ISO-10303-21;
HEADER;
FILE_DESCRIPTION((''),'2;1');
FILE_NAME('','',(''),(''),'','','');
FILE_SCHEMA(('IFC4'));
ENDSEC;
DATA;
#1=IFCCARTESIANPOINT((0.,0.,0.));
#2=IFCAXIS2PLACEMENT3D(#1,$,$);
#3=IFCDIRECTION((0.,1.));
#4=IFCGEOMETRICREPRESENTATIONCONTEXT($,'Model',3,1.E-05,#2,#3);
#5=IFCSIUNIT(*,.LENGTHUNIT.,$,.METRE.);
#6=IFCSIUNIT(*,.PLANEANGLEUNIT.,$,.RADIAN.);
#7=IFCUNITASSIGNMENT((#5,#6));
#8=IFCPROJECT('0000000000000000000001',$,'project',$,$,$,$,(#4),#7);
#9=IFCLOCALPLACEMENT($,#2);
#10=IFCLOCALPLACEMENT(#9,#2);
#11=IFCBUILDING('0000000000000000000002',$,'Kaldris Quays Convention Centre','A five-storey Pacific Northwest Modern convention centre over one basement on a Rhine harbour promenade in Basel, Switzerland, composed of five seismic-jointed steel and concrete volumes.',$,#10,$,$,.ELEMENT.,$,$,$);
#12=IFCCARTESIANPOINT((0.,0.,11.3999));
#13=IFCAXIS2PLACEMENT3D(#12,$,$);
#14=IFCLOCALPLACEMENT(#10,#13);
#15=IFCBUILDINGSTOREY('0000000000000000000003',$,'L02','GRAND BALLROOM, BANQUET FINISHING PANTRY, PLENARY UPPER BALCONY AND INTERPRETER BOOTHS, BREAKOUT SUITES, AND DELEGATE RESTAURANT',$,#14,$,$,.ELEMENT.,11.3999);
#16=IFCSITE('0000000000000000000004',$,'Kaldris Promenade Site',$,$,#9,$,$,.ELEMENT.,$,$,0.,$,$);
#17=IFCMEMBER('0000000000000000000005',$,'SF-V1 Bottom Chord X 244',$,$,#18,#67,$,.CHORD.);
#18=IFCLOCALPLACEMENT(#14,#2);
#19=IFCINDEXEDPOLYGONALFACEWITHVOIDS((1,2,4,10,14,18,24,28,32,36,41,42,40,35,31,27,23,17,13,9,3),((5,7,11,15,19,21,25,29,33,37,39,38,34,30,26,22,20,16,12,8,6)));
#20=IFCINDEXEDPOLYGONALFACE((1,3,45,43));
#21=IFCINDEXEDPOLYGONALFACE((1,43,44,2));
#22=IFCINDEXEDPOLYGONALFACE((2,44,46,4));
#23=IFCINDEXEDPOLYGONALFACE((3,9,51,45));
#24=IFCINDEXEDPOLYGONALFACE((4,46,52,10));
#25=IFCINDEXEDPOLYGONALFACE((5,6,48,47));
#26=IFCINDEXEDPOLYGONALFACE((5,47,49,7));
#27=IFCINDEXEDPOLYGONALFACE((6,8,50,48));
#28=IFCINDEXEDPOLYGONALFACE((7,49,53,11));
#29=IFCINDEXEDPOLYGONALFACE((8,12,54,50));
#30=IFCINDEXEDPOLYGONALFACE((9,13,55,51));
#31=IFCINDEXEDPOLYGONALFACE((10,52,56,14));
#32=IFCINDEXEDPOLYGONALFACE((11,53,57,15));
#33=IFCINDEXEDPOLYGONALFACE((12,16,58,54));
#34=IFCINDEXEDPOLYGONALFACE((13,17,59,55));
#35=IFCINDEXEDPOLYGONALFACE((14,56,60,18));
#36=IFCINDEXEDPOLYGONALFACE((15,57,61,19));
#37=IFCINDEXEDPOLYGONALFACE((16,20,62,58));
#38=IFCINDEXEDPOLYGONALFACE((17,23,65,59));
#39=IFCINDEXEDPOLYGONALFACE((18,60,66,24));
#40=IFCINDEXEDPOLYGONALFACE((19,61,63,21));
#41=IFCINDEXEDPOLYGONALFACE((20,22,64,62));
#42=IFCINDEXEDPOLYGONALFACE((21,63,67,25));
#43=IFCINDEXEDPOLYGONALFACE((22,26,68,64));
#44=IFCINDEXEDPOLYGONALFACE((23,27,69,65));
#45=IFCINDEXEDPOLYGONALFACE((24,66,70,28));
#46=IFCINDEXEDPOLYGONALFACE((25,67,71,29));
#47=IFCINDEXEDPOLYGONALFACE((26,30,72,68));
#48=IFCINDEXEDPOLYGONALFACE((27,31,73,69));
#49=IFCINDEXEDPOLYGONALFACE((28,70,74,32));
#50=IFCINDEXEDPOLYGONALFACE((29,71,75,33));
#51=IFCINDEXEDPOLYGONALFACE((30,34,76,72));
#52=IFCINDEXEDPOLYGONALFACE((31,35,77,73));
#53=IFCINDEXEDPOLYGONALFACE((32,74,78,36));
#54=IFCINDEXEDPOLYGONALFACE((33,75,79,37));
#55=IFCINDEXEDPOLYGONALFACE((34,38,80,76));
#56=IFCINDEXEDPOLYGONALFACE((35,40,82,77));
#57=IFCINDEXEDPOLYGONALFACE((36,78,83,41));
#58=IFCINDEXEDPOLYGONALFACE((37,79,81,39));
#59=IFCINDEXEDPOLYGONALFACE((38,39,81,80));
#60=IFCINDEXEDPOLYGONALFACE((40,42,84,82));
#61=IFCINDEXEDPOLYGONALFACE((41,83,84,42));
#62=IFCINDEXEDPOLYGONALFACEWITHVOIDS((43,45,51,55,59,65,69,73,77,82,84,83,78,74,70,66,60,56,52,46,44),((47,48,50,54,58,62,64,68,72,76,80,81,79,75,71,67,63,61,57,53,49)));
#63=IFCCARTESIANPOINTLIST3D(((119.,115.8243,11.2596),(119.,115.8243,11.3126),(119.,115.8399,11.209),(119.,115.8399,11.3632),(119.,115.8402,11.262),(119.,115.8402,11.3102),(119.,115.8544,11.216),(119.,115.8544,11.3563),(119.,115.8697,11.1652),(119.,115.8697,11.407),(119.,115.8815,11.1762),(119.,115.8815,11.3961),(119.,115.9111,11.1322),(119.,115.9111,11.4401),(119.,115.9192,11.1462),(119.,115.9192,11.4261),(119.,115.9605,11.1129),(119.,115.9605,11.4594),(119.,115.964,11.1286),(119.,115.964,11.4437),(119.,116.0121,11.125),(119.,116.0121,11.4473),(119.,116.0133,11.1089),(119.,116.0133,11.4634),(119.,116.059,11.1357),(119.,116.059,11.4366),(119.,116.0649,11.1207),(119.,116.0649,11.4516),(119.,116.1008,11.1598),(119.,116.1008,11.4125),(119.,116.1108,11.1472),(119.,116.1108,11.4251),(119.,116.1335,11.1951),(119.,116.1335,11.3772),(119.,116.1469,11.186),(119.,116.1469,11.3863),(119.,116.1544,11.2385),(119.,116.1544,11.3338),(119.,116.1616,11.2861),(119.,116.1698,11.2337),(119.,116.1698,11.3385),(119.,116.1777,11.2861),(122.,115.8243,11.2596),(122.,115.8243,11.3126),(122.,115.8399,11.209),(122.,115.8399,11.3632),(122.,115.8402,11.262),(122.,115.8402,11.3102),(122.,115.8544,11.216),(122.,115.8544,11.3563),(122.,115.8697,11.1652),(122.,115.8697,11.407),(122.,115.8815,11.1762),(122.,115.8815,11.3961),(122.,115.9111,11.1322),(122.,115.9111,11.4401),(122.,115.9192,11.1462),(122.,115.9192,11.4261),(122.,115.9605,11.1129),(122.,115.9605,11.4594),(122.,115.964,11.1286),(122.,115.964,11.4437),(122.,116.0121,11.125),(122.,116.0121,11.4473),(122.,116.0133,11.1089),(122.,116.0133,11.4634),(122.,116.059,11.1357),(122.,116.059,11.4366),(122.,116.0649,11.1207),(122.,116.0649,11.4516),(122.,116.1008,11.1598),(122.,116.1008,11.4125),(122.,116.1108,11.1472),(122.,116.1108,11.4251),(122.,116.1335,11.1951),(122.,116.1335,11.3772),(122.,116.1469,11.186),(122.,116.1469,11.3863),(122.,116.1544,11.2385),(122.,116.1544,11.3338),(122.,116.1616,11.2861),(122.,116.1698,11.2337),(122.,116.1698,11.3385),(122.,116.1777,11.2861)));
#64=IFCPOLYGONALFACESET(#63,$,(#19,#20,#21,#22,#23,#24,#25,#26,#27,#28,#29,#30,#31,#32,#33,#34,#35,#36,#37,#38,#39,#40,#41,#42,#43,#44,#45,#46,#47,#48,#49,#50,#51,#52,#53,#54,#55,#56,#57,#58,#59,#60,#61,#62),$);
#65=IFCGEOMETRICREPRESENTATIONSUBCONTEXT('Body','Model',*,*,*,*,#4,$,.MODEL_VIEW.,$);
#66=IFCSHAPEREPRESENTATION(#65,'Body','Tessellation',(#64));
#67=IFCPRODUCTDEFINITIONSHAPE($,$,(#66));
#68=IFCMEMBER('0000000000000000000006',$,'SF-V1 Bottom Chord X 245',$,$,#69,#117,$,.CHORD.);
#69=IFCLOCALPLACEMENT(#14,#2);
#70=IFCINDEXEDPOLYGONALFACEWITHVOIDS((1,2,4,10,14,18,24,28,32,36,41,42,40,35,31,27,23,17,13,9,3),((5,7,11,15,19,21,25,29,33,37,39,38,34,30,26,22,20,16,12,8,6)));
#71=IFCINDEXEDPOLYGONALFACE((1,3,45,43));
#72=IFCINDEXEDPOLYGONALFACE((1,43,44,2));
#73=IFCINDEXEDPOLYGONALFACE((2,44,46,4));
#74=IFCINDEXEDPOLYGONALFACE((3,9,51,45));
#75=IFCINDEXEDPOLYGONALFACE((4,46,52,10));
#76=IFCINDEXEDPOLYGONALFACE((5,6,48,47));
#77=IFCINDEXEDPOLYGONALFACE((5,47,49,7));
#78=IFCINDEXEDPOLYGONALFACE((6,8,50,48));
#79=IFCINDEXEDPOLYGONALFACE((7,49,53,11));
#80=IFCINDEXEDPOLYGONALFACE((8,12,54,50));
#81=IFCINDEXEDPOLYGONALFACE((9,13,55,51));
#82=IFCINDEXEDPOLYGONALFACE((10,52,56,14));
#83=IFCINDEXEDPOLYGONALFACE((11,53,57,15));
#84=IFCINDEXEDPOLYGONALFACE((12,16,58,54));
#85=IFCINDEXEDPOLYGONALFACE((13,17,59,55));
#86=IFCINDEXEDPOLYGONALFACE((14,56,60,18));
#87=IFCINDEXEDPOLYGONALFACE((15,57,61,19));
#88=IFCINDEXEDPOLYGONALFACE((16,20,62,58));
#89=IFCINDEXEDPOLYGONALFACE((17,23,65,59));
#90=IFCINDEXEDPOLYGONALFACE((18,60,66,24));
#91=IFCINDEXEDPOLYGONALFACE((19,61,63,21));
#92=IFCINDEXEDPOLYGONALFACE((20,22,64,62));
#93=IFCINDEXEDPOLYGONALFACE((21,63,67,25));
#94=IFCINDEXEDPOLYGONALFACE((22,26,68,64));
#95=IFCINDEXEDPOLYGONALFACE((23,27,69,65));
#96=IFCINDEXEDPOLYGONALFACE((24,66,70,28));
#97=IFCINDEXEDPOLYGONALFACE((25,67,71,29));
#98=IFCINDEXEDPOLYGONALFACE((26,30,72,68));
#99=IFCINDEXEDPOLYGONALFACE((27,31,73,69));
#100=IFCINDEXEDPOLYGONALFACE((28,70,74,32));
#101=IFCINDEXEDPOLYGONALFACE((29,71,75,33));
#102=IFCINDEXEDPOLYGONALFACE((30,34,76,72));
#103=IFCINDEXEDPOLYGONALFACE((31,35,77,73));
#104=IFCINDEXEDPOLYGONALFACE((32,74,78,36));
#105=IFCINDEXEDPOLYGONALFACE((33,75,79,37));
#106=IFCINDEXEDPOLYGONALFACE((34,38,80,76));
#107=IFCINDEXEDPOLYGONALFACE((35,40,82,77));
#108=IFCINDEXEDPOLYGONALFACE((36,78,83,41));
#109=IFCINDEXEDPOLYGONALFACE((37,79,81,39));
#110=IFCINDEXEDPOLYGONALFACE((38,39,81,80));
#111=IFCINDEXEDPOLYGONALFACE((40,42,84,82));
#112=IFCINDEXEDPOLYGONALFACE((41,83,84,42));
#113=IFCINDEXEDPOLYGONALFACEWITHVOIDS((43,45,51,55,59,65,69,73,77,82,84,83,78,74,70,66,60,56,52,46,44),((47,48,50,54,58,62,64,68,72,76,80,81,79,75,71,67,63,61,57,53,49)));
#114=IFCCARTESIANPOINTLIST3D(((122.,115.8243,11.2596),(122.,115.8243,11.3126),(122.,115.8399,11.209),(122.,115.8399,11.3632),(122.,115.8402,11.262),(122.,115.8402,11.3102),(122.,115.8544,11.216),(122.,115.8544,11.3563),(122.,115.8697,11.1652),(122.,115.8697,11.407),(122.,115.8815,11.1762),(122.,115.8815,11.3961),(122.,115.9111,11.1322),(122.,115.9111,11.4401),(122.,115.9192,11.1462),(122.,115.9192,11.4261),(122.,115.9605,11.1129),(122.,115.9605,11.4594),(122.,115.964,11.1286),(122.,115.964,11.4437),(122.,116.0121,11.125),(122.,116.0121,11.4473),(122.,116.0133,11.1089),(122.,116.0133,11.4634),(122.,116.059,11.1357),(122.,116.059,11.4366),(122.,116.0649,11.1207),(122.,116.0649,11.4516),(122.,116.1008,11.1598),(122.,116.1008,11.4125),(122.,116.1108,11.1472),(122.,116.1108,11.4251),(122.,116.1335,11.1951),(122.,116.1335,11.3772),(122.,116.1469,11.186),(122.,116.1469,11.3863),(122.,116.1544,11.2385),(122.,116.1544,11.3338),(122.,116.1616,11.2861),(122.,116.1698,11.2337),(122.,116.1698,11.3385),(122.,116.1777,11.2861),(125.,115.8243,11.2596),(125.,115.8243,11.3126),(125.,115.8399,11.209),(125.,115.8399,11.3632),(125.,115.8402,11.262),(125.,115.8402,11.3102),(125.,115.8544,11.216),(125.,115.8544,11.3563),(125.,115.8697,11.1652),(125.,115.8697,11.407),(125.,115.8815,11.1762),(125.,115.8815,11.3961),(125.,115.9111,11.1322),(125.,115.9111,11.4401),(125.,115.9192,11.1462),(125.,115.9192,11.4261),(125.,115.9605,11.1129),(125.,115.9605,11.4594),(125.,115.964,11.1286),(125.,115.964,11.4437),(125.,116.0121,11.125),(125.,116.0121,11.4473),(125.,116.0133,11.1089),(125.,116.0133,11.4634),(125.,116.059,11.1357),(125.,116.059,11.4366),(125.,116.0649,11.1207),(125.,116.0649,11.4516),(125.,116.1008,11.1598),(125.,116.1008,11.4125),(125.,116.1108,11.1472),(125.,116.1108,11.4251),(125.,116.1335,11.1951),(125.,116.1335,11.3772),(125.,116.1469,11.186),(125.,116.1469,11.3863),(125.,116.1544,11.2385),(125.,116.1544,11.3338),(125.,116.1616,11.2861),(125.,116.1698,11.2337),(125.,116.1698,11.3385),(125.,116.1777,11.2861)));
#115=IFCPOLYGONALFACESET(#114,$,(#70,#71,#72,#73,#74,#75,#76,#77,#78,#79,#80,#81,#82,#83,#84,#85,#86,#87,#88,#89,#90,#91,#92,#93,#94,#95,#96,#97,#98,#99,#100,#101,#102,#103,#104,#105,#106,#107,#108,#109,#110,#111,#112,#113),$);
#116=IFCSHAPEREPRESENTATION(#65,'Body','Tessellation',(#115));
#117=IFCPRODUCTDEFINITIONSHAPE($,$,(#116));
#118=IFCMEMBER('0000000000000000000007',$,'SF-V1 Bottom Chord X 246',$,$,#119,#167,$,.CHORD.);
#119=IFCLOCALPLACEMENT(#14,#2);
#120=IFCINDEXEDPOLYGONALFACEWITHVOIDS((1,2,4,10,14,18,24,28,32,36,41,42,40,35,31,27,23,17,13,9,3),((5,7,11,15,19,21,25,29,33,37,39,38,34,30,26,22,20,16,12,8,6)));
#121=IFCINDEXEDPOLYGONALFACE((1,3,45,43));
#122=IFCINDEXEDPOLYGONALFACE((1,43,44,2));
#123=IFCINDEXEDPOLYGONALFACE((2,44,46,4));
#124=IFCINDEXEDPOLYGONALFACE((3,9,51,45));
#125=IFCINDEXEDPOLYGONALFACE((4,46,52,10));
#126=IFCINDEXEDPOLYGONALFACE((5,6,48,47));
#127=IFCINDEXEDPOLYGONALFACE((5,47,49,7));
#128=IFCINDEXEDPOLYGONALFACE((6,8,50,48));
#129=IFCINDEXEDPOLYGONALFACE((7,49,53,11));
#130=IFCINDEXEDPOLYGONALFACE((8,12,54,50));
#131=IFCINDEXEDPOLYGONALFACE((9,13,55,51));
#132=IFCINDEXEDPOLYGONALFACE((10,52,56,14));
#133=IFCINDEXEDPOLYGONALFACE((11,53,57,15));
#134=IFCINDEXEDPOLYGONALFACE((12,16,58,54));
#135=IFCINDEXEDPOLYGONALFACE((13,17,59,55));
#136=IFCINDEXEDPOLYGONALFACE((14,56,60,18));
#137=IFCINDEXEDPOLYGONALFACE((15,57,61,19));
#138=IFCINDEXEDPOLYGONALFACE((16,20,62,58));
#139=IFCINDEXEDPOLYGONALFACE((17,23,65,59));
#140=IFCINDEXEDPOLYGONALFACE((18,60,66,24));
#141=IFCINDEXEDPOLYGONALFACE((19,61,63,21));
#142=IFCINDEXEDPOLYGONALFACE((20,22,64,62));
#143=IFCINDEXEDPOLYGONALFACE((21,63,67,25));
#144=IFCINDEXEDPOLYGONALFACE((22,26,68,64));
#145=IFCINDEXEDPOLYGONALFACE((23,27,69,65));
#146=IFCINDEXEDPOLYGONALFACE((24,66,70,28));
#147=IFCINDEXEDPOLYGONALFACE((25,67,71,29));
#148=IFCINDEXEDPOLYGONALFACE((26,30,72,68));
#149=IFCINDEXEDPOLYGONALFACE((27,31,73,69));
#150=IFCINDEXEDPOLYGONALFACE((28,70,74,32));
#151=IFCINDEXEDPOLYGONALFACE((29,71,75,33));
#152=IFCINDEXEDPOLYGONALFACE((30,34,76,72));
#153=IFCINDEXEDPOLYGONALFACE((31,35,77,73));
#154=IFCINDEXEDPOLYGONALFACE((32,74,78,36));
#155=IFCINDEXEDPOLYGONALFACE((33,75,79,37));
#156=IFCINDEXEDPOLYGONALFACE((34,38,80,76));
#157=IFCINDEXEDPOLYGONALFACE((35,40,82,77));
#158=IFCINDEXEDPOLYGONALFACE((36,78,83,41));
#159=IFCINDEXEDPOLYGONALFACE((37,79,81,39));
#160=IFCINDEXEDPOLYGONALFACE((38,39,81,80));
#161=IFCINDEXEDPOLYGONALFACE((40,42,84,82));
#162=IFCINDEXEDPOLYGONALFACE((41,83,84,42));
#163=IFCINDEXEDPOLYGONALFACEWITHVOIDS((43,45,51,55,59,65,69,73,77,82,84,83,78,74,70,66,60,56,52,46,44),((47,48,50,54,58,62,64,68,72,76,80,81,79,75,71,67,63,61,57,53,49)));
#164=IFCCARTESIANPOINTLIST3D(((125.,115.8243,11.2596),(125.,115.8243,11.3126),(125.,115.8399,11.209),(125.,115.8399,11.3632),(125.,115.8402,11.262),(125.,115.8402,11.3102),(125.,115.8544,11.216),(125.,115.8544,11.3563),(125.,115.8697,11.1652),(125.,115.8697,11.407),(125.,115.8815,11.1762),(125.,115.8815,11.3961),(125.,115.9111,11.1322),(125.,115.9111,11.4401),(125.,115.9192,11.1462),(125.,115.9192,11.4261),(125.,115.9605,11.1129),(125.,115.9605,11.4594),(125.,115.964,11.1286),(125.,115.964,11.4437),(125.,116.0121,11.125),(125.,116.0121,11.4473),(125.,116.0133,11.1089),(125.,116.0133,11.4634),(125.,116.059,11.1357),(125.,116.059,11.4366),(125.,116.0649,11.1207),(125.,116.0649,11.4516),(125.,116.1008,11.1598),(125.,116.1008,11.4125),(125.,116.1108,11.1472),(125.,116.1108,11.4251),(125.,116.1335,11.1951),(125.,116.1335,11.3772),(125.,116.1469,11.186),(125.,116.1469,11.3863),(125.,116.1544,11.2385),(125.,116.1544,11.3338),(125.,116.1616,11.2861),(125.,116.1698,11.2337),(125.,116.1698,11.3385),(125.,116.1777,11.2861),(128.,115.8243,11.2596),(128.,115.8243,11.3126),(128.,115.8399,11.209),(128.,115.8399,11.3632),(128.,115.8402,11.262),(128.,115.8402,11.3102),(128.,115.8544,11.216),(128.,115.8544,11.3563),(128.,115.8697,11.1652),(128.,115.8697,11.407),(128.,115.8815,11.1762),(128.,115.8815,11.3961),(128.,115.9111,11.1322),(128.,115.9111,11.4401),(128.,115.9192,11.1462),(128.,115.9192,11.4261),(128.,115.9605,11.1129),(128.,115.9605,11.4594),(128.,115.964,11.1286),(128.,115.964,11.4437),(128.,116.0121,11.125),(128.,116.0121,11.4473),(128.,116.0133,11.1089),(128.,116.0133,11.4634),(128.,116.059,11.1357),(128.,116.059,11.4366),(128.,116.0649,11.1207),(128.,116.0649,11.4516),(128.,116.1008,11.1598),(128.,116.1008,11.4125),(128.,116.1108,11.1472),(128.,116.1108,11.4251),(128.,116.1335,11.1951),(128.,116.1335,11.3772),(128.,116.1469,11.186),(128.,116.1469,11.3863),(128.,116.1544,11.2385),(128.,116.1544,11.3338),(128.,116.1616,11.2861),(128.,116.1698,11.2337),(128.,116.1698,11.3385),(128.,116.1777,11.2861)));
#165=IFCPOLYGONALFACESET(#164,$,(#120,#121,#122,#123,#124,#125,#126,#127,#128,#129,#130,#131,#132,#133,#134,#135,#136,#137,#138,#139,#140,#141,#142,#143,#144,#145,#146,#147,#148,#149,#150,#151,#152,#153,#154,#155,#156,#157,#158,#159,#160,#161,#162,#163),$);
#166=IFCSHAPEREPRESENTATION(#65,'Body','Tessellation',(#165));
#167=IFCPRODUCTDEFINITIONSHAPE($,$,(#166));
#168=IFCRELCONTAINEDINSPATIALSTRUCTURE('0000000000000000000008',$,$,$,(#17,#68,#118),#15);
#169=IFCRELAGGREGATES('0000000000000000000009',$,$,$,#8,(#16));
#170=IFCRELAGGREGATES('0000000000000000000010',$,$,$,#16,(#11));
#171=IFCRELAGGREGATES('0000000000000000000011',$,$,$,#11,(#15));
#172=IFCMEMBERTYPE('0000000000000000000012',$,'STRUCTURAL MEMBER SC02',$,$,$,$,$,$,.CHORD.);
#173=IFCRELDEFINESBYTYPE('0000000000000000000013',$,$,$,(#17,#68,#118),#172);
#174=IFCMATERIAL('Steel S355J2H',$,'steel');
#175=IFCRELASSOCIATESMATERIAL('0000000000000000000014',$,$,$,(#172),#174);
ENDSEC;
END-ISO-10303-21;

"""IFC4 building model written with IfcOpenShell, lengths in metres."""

from ifc_helpers import new_model, si_unit, direction, frame, origin, origin_2d, place, context, subcontext, project, spatial, hollow_circle, extrude, material, material_profile, profile_set, type_object, element, save


model = new_model("IFC4")

# Units and contexts
model_context = context("Model", 3, precision=1e-05, world=origin(), true_north=direction((0.0, 1.0)))
body_context = subcontext(model_context, "Body", "Model", "MODEL_VIEW")
ifc_project = project(units=[si_unit("LENGTHUNIT", "METRE"), si_unit("PLANEANGLEUNIT", "RADIAN")], contexts=[model_context])

# Site, building, storey
site_placement = place(None, origin())
site = spatial("IfcSite", under=ifc_project, at=site_placement, Name="Kaldris Promenade Site", CompositionType="ELEMENT", RefElevation=0.0)
building_placement = place(site_placement, origin())
building = spatial("IfcBuilding", under=site, at=building_placement, Name="Kaldris Quays Convention Centre", Description="A five-storey Pacific Northwest Modern convention centre over one basement on a Rhine harbour promenade in Basel, Switzerland, composed of five seismic-jointed steel and concrete volumes.", CompositionType="ELEMENT")
storey_placement = place(building_placement, frame((0.0, 0.0, 11.3999)))
storey = spatial("IfcBuildingStorey", under=building, at=storey_placement, Name="L02", Description="GRAND BALLROOM, BANQUET FINISHING PANTRY, PLENARY UPPER BALCONY AND INTERPRETER BOOTHS, BREAKOUT SUITES, AND DELEGATE RESTAURANT", CompositionType="ELEMENT", Elevation=11.3999)

# Members
ifc_material_1 = material(Name="Steel S355J2H", Category="steel")
ifc_material_profile_1 = material_profile(ifc_material_1, hollow_circle(Radius=0.1777, WallThickness=0.0161, at=origin_2d()), Name="CHS 355.6x16")
ifc_profile_set_1 = profile_set([ifc_material_profile_1], Name="Steel S355J2H")
member_type_1 = type_object("IfcMemberType", Name="STRUCTURAL MEMBER SC02", PredefinedType="CHORD", material=ifc_profile_set_1)
for number, where, z_axis, x_axis, name in (
    (1, (119.0, 116.0, 11.2861), (1.0, 0.0, 0.0), (0.0, 1.0, 0.0), "SF-V1 Bottom Chord X 244"),
    (2, (122.0, 116.0, 11.2861), (1.0, 0.0, 0.0), (0.0, 1.0, 0.0), "SF-V1 Bottom Chord X 245"),
    (3, (125.0, 116.0, 11.2861), (1.0, 0.0, 0.0), (0.0, 1.0, 0.0), "SF-V1 Bottom Chord X 246"),
):
    element("IfcMember", number, at=place(storey_placement, frame(where, z_axis=z_axis, x_axis=x_axis)), inside=storey, type_object=member_type_1, Name=name, PredefinedType="CHORD", context=body_context, shape_type="SweptSolid", body=[
        extrude(hollow_circle(Radius=0.1777, WallThickness=0.0161, at=origin_2d()), origin(), (0.0, 0.0, 1.0), 3.0),
    ])

save(model, "model.ifc")
